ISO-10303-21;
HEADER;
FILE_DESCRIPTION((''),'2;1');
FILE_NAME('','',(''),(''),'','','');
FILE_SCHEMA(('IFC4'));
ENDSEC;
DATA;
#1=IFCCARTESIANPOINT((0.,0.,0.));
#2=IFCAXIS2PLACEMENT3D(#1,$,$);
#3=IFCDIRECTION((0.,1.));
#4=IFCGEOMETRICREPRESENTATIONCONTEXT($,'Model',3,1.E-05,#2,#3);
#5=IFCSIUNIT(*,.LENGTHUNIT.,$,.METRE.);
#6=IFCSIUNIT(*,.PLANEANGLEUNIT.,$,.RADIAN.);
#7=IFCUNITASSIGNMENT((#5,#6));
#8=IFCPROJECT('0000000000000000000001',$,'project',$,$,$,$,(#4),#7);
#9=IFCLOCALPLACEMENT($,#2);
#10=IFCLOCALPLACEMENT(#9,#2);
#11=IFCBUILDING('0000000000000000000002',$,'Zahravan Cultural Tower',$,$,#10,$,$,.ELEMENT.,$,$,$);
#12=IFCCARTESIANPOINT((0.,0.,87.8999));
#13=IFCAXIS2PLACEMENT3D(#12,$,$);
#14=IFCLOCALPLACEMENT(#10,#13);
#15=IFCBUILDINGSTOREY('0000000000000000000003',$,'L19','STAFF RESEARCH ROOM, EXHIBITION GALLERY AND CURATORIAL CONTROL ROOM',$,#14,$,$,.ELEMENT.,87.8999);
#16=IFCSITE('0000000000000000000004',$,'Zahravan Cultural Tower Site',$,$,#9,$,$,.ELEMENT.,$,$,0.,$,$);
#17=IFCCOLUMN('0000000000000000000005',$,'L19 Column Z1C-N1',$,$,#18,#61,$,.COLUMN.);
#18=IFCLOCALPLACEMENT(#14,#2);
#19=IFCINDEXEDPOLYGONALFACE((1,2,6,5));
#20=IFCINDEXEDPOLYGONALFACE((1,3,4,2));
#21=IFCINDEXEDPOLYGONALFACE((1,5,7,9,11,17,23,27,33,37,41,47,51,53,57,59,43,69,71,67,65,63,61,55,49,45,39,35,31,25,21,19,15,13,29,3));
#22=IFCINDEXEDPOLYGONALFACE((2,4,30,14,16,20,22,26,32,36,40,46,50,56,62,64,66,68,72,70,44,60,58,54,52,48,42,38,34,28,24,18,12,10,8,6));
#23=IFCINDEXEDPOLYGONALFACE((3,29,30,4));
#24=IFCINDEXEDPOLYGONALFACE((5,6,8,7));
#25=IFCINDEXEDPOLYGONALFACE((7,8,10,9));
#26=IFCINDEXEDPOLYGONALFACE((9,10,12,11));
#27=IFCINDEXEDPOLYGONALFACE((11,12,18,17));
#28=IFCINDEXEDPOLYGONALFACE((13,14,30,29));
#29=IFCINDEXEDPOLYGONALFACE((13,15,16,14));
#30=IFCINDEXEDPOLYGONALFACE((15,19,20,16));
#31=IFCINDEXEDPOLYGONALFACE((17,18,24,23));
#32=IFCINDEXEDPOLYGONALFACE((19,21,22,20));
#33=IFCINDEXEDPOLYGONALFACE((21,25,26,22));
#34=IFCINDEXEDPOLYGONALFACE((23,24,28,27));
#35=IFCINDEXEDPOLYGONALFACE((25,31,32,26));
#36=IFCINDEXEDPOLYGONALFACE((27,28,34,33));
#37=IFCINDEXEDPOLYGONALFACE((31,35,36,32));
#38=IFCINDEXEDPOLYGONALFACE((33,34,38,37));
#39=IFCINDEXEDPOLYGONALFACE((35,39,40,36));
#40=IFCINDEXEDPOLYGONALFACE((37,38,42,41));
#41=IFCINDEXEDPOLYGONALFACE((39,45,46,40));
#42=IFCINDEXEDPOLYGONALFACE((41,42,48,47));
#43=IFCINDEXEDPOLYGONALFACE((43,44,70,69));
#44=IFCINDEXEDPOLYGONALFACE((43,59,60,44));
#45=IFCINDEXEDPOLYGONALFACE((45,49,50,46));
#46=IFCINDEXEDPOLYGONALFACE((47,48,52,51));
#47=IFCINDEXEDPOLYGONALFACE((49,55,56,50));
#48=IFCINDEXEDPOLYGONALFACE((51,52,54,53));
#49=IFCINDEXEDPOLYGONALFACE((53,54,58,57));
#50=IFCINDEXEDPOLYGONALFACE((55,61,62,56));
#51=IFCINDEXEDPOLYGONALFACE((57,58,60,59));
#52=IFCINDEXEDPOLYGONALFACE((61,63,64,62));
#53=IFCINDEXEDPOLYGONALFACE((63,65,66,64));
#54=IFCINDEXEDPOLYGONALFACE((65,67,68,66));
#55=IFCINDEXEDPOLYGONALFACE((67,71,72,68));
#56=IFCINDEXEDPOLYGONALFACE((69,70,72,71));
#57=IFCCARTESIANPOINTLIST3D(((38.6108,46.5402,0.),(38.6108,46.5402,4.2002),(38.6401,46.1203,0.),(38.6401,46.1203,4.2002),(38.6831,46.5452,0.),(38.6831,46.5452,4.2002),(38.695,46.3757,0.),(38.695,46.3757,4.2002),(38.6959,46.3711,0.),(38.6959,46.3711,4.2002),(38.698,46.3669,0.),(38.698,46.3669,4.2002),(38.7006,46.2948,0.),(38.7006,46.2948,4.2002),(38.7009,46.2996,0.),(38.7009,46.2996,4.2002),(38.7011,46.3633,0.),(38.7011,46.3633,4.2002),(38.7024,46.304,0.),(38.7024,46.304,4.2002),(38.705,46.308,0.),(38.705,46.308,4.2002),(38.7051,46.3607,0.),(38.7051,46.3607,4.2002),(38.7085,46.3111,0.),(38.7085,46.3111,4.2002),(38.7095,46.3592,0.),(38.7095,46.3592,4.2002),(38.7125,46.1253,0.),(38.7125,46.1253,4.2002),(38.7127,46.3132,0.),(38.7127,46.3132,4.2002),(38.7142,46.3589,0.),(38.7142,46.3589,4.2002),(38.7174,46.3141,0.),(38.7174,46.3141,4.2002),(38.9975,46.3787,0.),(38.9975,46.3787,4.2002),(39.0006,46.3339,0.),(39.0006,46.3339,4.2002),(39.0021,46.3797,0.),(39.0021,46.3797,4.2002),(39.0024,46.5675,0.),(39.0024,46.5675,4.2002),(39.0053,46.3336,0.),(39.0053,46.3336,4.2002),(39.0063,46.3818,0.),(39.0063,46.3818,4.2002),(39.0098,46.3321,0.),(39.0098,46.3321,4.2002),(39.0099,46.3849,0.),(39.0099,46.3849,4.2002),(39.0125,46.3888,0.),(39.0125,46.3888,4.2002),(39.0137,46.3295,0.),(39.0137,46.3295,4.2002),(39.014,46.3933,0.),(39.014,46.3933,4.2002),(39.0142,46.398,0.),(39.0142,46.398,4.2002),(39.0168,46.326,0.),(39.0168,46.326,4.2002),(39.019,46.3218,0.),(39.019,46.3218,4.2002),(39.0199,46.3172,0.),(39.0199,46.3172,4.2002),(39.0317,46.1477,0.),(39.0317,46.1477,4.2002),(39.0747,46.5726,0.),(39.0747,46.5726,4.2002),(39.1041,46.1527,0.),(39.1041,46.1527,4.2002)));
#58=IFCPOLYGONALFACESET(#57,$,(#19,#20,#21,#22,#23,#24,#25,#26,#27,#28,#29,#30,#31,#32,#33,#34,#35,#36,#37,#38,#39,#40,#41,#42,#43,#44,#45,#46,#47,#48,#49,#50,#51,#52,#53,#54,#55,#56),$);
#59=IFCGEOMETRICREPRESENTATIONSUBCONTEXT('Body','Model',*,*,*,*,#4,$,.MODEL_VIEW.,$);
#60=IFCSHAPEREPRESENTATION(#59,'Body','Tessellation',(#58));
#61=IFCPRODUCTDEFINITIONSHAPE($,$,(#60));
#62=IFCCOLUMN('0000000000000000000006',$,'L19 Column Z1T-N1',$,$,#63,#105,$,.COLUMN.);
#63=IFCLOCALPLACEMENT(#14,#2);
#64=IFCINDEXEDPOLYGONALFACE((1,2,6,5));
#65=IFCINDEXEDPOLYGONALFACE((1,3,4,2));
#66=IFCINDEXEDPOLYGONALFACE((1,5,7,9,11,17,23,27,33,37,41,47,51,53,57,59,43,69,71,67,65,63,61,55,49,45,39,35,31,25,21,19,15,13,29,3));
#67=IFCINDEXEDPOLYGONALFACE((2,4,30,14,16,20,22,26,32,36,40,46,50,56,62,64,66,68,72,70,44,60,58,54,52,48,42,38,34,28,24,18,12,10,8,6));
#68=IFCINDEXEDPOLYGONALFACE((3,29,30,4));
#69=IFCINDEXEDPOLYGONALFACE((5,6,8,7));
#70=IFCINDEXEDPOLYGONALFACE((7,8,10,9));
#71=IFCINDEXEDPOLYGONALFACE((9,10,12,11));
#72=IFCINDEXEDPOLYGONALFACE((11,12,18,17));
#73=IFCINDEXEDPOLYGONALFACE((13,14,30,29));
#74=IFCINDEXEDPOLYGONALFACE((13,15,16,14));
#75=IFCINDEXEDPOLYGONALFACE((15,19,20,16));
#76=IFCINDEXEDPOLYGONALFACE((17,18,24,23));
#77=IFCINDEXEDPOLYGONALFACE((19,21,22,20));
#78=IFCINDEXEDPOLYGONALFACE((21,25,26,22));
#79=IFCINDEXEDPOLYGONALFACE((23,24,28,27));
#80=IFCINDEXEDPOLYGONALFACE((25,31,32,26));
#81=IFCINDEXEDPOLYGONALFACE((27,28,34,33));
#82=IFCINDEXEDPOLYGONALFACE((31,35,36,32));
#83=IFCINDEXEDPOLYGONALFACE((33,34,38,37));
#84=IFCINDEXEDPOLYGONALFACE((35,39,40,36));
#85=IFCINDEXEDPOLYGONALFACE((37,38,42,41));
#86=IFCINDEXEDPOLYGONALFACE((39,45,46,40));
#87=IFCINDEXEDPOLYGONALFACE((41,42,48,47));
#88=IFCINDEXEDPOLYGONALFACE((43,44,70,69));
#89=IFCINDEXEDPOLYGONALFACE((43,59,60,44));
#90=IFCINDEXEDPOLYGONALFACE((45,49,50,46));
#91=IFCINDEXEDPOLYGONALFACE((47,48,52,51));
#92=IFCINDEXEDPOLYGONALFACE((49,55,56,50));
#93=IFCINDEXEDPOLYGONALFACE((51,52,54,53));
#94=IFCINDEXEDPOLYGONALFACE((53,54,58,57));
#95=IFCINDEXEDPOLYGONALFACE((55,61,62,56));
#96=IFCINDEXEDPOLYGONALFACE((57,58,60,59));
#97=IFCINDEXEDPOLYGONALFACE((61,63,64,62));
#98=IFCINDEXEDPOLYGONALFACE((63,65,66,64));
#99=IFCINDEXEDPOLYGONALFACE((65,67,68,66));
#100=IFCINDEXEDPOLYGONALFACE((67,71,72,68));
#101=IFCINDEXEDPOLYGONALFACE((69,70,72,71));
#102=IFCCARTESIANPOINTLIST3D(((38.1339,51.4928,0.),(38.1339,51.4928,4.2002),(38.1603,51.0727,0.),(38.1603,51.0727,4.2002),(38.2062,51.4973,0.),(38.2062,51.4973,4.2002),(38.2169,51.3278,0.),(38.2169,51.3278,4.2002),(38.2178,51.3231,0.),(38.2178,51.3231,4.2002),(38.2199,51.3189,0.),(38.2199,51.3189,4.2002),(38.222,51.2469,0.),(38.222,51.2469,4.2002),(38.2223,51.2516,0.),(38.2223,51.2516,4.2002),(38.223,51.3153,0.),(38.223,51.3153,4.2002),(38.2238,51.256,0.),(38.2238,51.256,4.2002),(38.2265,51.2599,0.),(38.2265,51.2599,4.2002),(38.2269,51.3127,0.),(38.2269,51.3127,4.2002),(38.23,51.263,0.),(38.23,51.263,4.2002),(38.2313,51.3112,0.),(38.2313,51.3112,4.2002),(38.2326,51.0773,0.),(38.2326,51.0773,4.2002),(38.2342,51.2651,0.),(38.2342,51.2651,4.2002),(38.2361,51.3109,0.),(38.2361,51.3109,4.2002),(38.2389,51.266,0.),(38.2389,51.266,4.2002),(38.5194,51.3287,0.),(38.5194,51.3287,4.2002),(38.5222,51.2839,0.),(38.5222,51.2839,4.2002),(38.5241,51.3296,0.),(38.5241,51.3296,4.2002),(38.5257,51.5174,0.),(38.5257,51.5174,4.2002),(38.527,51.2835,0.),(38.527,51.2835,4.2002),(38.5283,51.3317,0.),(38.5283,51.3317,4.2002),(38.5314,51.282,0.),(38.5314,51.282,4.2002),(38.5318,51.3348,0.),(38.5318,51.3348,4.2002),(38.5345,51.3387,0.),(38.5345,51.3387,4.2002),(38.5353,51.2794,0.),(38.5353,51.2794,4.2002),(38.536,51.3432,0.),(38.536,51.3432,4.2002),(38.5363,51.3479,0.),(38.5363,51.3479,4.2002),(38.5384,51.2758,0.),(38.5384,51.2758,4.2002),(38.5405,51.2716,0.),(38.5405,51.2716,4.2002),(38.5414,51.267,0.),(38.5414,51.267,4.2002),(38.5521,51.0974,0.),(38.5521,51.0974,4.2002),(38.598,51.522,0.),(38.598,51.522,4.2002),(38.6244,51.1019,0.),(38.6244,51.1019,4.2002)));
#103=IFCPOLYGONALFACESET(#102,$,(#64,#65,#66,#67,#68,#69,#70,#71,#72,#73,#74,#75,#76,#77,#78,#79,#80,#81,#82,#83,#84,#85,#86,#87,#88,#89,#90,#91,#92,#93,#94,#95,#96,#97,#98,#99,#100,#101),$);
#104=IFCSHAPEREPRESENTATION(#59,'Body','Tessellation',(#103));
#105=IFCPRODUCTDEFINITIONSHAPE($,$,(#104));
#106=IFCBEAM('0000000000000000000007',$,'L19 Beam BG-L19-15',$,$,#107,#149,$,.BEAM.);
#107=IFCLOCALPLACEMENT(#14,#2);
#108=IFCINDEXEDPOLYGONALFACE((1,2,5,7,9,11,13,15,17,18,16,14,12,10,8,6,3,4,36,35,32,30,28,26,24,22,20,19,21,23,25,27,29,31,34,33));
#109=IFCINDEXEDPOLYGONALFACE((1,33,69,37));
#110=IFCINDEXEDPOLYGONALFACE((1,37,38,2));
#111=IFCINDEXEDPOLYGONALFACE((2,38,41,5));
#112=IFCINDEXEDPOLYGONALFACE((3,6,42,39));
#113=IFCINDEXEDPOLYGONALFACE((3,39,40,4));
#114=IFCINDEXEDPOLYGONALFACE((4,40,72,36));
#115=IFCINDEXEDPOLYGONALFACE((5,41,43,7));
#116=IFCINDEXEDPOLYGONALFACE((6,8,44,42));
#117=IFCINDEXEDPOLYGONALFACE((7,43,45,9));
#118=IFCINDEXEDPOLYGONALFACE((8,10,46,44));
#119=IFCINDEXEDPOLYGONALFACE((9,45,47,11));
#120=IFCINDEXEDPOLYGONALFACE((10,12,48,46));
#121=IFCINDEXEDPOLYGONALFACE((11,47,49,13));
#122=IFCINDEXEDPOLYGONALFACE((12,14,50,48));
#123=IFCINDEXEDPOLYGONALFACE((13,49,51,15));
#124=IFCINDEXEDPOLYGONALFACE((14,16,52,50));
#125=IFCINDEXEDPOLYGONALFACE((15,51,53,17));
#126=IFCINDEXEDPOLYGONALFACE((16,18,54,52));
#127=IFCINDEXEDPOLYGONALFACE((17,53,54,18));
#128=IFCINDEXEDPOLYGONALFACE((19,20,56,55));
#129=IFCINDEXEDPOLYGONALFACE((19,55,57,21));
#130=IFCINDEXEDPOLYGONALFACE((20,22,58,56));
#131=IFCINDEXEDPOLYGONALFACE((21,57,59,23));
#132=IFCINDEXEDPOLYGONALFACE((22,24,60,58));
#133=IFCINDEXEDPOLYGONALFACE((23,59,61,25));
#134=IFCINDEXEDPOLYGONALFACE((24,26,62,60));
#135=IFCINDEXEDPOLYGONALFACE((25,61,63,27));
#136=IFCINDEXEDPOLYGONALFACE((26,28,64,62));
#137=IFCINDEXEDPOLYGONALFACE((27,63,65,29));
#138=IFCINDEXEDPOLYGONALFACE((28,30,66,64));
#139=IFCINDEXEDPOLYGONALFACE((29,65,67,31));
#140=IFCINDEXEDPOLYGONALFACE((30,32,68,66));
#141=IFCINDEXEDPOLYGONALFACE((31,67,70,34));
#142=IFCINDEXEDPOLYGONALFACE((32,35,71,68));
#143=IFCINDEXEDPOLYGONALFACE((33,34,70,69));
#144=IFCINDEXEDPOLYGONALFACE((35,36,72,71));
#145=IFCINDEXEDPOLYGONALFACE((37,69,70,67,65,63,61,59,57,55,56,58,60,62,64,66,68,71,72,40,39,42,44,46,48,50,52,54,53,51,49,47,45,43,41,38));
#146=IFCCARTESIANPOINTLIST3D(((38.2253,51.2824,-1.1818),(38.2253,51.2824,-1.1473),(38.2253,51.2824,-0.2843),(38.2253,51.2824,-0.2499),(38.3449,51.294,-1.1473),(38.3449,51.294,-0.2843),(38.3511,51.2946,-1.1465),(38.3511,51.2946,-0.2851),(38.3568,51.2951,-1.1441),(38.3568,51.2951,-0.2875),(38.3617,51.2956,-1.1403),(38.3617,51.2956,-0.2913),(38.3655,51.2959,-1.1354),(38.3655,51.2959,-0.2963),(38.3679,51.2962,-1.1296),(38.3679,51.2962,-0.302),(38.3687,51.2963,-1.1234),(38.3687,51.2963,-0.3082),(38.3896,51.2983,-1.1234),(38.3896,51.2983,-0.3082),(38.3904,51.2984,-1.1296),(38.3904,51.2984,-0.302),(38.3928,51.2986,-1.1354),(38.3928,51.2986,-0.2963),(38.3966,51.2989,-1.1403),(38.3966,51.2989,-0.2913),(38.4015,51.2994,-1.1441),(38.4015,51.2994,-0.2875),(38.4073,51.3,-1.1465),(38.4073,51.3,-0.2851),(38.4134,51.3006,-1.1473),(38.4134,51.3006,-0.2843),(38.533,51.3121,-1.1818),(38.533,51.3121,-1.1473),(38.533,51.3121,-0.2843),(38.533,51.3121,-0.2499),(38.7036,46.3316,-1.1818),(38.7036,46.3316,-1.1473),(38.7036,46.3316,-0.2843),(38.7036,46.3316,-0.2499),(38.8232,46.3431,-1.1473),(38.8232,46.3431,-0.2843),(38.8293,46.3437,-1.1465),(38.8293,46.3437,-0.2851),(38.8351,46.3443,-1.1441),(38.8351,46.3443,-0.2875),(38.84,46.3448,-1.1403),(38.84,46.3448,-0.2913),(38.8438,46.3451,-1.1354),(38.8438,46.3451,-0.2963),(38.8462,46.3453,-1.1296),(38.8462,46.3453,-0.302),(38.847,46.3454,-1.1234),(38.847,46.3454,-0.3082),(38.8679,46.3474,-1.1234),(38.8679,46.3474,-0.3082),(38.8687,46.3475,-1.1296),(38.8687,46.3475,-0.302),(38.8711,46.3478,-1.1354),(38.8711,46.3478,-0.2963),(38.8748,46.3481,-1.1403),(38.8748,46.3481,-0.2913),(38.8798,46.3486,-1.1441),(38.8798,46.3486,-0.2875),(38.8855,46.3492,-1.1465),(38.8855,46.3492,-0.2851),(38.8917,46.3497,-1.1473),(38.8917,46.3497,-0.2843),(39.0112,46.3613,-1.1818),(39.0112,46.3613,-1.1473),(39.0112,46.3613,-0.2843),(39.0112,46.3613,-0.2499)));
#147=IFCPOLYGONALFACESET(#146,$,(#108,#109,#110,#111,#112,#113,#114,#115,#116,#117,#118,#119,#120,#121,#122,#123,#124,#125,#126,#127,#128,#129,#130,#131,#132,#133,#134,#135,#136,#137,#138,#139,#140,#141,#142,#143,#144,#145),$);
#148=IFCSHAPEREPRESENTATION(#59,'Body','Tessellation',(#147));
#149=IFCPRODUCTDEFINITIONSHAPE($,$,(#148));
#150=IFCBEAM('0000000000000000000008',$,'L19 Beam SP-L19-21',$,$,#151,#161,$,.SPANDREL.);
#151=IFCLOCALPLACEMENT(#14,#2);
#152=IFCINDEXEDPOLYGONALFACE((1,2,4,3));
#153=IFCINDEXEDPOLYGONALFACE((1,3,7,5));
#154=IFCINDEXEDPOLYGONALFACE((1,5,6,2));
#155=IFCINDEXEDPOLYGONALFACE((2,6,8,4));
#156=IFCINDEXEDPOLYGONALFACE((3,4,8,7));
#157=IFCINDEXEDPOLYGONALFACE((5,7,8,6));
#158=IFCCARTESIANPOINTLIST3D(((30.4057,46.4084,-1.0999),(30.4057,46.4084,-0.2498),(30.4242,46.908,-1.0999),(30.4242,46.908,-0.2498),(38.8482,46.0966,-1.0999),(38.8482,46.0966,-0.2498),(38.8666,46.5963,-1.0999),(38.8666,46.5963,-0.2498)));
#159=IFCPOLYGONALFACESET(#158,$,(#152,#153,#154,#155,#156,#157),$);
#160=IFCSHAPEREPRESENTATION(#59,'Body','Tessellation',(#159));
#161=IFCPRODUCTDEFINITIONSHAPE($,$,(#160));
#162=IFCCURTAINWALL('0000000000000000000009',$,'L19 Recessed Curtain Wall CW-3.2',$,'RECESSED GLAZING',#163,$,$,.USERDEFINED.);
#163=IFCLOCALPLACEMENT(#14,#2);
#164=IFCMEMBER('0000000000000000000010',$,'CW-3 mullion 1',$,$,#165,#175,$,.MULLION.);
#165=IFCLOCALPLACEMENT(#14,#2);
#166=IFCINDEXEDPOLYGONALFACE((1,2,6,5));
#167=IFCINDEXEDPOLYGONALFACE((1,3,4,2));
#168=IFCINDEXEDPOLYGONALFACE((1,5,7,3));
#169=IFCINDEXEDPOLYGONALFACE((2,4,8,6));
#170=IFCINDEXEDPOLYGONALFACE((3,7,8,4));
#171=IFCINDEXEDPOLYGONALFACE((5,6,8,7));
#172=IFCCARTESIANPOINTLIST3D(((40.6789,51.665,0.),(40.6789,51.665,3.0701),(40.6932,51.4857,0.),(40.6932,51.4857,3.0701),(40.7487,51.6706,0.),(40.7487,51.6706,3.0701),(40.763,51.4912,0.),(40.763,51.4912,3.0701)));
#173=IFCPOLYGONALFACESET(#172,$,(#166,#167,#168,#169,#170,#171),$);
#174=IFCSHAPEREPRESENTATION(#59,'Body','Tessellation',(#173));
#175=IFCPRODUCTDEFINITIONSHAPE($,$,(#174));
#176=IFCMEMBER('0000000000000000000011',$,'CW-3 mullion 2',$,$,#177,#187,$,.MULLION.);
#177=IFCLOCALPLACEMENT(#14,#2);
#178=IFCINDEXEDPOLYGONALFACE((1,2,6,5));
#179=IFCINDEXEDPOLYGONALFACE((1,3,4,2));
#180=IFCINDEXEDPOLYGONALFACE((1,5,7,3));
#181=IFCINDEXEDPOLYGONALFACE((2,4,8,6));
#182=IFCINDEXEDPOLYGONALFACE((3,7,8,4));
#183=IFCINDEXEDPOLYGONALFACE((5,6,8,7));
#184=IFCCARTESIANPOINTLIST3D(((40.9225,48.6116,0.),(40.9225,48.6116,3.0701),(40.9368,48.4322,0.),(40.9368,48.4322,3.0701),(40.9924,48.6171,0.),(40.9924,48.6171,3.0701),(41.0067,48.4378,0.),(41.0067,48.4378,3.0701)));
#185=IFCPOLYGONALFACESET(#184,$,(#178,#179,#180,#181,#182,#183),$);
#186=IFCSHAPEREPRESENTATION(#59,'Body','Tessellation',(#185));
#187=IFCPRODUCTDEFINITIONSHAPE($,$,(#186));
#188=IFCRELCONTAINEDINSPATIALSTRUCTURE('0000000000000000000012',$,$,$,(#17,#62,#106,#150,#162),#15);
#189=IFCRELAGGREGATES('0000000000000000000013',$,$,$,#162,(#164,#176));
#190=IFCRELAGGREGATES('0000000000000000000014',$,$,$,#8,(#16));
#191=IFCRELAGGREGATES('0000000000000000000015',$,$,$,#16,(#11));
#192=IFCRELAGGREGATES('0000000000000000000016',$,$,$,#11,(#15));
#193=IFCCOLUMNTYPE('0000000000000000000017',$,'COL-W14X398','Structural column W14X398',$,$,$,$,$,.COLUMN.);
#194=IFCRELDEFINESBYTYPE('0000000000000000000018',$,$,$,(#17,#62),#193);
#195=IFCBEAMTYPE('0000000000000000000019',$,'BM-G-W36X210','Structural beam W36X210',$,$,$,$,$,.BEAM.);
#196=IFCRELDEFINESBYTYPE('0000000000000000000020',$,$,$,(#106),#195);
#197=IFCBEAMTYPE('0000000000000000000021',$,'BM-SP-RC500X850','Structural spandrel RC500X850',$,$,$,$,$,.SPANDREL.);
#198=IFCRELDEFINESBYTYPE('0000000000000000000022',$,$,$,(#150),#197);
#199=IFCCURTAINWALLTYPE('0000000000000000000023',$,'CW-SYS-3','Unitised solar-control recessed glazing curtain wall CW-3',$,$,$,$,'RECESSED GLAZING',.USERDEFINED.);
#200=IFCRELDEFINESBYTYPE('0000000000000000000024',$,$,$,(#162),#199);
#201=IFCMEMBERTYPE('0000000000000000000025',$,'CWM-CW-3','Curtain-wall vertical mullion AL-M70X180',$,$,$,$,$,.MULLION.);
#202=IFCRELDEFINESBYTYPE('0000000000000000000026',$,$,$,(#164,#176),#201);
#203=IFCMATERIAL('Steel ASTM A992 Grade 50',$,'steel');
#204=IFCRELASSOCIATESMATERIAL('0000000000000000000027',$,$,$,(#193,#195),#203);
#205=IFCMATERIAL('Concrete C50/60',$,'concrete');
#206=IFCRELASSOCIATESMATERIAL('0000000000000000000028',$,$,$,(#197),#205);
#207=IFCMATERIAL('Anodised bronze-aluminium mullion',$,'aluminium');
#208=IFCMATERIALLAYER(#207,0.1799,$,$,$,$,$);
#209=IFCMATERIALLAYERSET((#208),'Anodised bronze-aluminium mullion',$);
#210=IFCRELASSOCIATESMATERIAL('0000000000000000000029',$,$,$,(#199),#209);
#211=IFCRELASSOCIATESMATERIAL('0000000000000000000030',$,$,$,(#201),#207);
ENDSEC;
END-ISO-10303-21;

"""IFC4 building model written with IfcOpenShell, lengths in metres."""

from ifc_helpers import new_model, si_unit, direction, frame, origin, origin_2d, place, context, subcontext, project, spatial, rectangle, i_section, extrude, source, transform, mapped, material, layer, layer_set, material_profile, profile_set, type_object, element, aggregate, save


model = new_model("IFC4")

# Units and contexts
model_context = context("Model", 3, precision=1e-05, world=origin(), true_north=direction((0.0, 1.0)))
body_context = subcontext(model_context, "Body", "Model", "MODEL_VIEW")
ifc_project = project(units=[si_unit("LENGTHUNIT", "METRE"), si_unit("PLANEANGLEUNIT", "RADIAN")], contexts=[model_context])

# Site, building, storey
site_placement = place(None, origin())
site = spatial("IfcSite", under=ifc_project, at=site_placement, Name="Zahravan Cultural Tower Site", CompositionType="ELEMENT", RefElevation=0.0)
building_placement = place(site_placement, origin())
building = spatial("IfcBuilding", under=site, at=building_placement, Name="Zahravan Cultural Tower", CompositionType="ELEMENT")
storey_placement = place(building_placement, frame((0.0, 0.0, 87.8999)))
storey = spatial("IfcBuildingStorey", under=building, at=storey_placement, Name="L19", Description="STAFF RESEARCH ROOM, EXHIBITION GALLERY AND CURATORIAL CONTROL ROOM", CompositionType="ELEMENT", Elevation=87.8999)

# Columns
ifc_material_1 = material(Name="Steel ASTM A992 Grade 50", Category="steel")
ifc_material_profile_1 = material_profile(ifc_material_1, i_section(OverallWidth=0.4209, OverallDepth=0.4651, WebThickness=0.0449, FlangeThickness=0.0725, FilletRadius=0.0181, at=origin_2d()), Name="W14X398")
ifc_profile_set_1 = profile_set([ifc_material_profile_1], Name="Steel ASTM A992 Grade 50")
column_type = type_object("IfcColumnType", Name="COL-W14X398", Description="Structural column W14X398", PredefinedType="COLUMN", material=ifc_profile_set_1)
shared_shape_1 = source(origin(), body_context, "Body", "SweptSolid", [
    extrude(i_section(OverallWidth=0.4209, OverallDepth=0.4651, WebThickness=0.0449, FlangeThickness=0.0725, FilletRadius=0.0181, at=origin_2d()), origin(), (0.0, 0.0, 1.0), 4.2002),
])
for number, where, z_axis, x_axis, name in (
    (1, (38.8574, 46.3464, 0.0), (0.0, 0.0, 1.0), (-0.069756, 0.997564, 0.0), "L19 Column Z1C-N1"),
    (2, (38.3792, 51.2974, 0.0), (0.0, 0.0, 1.0), (-0.062791, 0.998027, 0.0), "L19 Column Z1T-N1"),
):
    element("IfcColumn", number, at=place(storey_placement, frame(where, z_axis=z_axis, x_axis=x_axis)), inside=storey, type_object=column_type, Name=name, PredefinedType="COLUMN", context=body_context, shape_type="MappedRepresentation", body=[
        mapped(shared_shape_1, transform((0.0, 0.0, 0.0), x_axis=(1.0, 0.0, 0.0), y_axis=(0.0, 1.0, 0.0), z_axis=(0.0, 0.0, 1.0), scale=1.0)),
    ])

# Beams
ifc_material_profile_2 = material_profile(ifc_material_1, i_section(OverallWidth=0.3091, OverallDepth=0.9319, WebThickness=0.021, FlangeThickness=0.0344, FilletRadius=0.0239, at=origin_2d()), Name="W36X210")
ifc_profile_set_2 = profile_set([ifc_material_profile_2], Name="Steel ASTM A992 Grade 50")
beam_type_1 = type_object("IfcBeamType", Name="BM-G-W36X210", Description="Structural beam W36X210", PredefinedType="BEAM", material=ifc_profile_set_2)
shared_shape_2 = source(origin(), body_context, "Body", "SweptSolid", [
    extrude(i_section(OverallWidth=0.3091, OverallDepth=0.9319, WebThickness=0.021, FlangeThickness=0.0344, FilletRadius=0.0239, at=origin_2d()), origin(), (0.0, 0.0, 1.0), 4.9739),
])
beam_1_placement = place(storey_placement, frame((38.8574, 46.3464, -0.7158), z_axis=(-0.096155, 0.995366, 0.0), x_axis=(-0.995366, -0.096155, 0.0)))
element("IfcBeam", 3, at=beam_1_placement, inside=storey, type_object=beam_type_1, Name="L19 Beam BG-L19-15", PredefinedType="BEAM", context=body_context, shape_type="MappedRepresentation", body=[
    mapped(shared_shape_2, transform((0.0, 0.0, 0.0), x_axis=(1.0, 0.0, 0.0), y_axis=(0.0, 1.0, 0.0), z_axis=(0.0, 0.0, 1.0), scale=1.0)),
])
ifc_material_2 = material(Name="Concrete C50/60", Category="concrete")
ifc_material_profile_3 = material_profile(ifc_material_2, rectangle(XDim=0.5, YDim=0.8501, at=origin_2d()), Name="RC500X850")
ifc_profile_set_3 = profile_set([ifc_material_profile_3], Name="Concrete C50/60")
beam_type_2 = type_object("IfcBeamType", Name="BM-SP-RC500X850", Description="Structural spandrel RC500X850", PredefinedType="SPANDREL", material=ifc_profile_set_3)
shared_shape_3 = source(origin(), body_context, "Body", "SweptSolid", [
    extrude(rectangle(XDim=0.5, YDim=0.8501, at=origin_2d()), origin(), (0.0, 0.0, 1.0), 8.4482),
])
beam_2_placement = place(storey_placement, frame((38.8574, 46.3464, -0.6748), z_axis=(-0.999319, 0.036904, 0.0), x_axis=(-0.036904, -0.999319, 0.0)))
element("IfcBeam", 4, at=beam_2_placement, inside=storey, type_object=beam_type_2, Name="L19 Beam SP-L19-21", PredefinedType="SPANDREL", context=body_context, shape_type="MappedRepresentation", body=[
    mapped(shared_shape_3, transform((0.0, 0.0, 0.0), x_axis=(1.0, 0.0, 0.0), y_axis=(0.0, 1.0, 0.0), z_axis=(0.0, 0.0, 1.0), scale=1.0)),
])

# Curtain wall, members
ifc_material_3 = material(Name="Anodised bronze-aluminium mullion", Category="aluminium")
ifc_layer_1 = layer(ifc_material_3, 0.1799)
ifc_layer_set_1 = layer_set([ifc_layer_1], Name="Anodised bronze-aluminium mullion")
curtain_wall_type = type_object("IfcCurtainWallType", Name="CW-SYS-3", Description="Unitised solar-control recessed glazing curtain wall CW-3", ElementType="RECESSED GLAZING", PredefinedType="USERDEFINED", material=ifc_layer_set_1)
curtain_wall_placement = place(storey_placement, origin())
curtain_wall = element("IfcCurtainWall", 5, at=curtain_wall_placement, inside=storey, type_object=curtain_wall_type, Name="L19 Recessed Curtain Wall CW-3.2", ObjectType="RECESSED GLAZING", PredefinedType="USERDEFINED")
ifc_material_profile_4 = material_profile(ifc_material_3, rectangle(XDim=0.0701, YDim=0.1799, at=origin_2d()), Name="AL-M70X180")
ifc_profile_set_4 = profile_set([ifc_material_profile_4], Name="Anodised bronze-aluminium mullion")
member_type_1 = type_object("IfcMemberType", Name="CWM-CW-3", Description="Curtain-wall vertical mullion AL-M70X180", PredefinedType="MULLION", material=ifc_profile_set_4)
shared_shape_4 = source(origin(), body_context, "Body", "SweptSolid", [
    extrude(rectangle(XDim=0.0701, YDim=0.1799, at=origin_2d()), origin(), (0.0, 0.0, 1.0), 3.0701),
])
member_1_placement = place(storey_placement, frame((40.7209, 51.5781, 0.0), z_axis=(0.0, 0.0, 1.0), x_axis=(0.996835, 0.079501, 0.0)))
member_1 = element("IfcMember", 6, at=member_1_placement, type_object=member_type_1, Name="CW-3 mullion 1", PredefinedType="MULLION", context=body_context, shape_type="MappedRepresentation", body=[
    mapped(shared_shape_4, transform((0.0, 0.0, 0.0), x_axis=(1.0, 0.0, 0.0), y_axis=(0.0, 1.0, 0.0), z_axis=(0.0, 0.0, 1.0), scale=1.0)),
])
member_2_placement = place(storey_placement, frame((40.9646, 48.5247, 0.0), z_axis=(0.0, 0.0, 1.0), x_axis=(0.996835, 0.079501, 0.0)))
member_2 = element("IfcMember", 7, at=member_2_placement, type_object=member_type_1, Name="CW-3 mullion 2", PredefinedType="MULLION", context=body_context, shape_type="MappedRepresentation", body=[
    mapped(shared_shape_4, transform((0.0, 0.0, 0.0), x_axis=(1.0, 0.0, 0.0), y_axis=(0.0, 1.0, 0.0), z_axis=(0.0, 0.0, 1.0), scale=1.0)),
])
aggregate(curtain_wall, [member_1, member_2])

save(model, "model.ifc")
